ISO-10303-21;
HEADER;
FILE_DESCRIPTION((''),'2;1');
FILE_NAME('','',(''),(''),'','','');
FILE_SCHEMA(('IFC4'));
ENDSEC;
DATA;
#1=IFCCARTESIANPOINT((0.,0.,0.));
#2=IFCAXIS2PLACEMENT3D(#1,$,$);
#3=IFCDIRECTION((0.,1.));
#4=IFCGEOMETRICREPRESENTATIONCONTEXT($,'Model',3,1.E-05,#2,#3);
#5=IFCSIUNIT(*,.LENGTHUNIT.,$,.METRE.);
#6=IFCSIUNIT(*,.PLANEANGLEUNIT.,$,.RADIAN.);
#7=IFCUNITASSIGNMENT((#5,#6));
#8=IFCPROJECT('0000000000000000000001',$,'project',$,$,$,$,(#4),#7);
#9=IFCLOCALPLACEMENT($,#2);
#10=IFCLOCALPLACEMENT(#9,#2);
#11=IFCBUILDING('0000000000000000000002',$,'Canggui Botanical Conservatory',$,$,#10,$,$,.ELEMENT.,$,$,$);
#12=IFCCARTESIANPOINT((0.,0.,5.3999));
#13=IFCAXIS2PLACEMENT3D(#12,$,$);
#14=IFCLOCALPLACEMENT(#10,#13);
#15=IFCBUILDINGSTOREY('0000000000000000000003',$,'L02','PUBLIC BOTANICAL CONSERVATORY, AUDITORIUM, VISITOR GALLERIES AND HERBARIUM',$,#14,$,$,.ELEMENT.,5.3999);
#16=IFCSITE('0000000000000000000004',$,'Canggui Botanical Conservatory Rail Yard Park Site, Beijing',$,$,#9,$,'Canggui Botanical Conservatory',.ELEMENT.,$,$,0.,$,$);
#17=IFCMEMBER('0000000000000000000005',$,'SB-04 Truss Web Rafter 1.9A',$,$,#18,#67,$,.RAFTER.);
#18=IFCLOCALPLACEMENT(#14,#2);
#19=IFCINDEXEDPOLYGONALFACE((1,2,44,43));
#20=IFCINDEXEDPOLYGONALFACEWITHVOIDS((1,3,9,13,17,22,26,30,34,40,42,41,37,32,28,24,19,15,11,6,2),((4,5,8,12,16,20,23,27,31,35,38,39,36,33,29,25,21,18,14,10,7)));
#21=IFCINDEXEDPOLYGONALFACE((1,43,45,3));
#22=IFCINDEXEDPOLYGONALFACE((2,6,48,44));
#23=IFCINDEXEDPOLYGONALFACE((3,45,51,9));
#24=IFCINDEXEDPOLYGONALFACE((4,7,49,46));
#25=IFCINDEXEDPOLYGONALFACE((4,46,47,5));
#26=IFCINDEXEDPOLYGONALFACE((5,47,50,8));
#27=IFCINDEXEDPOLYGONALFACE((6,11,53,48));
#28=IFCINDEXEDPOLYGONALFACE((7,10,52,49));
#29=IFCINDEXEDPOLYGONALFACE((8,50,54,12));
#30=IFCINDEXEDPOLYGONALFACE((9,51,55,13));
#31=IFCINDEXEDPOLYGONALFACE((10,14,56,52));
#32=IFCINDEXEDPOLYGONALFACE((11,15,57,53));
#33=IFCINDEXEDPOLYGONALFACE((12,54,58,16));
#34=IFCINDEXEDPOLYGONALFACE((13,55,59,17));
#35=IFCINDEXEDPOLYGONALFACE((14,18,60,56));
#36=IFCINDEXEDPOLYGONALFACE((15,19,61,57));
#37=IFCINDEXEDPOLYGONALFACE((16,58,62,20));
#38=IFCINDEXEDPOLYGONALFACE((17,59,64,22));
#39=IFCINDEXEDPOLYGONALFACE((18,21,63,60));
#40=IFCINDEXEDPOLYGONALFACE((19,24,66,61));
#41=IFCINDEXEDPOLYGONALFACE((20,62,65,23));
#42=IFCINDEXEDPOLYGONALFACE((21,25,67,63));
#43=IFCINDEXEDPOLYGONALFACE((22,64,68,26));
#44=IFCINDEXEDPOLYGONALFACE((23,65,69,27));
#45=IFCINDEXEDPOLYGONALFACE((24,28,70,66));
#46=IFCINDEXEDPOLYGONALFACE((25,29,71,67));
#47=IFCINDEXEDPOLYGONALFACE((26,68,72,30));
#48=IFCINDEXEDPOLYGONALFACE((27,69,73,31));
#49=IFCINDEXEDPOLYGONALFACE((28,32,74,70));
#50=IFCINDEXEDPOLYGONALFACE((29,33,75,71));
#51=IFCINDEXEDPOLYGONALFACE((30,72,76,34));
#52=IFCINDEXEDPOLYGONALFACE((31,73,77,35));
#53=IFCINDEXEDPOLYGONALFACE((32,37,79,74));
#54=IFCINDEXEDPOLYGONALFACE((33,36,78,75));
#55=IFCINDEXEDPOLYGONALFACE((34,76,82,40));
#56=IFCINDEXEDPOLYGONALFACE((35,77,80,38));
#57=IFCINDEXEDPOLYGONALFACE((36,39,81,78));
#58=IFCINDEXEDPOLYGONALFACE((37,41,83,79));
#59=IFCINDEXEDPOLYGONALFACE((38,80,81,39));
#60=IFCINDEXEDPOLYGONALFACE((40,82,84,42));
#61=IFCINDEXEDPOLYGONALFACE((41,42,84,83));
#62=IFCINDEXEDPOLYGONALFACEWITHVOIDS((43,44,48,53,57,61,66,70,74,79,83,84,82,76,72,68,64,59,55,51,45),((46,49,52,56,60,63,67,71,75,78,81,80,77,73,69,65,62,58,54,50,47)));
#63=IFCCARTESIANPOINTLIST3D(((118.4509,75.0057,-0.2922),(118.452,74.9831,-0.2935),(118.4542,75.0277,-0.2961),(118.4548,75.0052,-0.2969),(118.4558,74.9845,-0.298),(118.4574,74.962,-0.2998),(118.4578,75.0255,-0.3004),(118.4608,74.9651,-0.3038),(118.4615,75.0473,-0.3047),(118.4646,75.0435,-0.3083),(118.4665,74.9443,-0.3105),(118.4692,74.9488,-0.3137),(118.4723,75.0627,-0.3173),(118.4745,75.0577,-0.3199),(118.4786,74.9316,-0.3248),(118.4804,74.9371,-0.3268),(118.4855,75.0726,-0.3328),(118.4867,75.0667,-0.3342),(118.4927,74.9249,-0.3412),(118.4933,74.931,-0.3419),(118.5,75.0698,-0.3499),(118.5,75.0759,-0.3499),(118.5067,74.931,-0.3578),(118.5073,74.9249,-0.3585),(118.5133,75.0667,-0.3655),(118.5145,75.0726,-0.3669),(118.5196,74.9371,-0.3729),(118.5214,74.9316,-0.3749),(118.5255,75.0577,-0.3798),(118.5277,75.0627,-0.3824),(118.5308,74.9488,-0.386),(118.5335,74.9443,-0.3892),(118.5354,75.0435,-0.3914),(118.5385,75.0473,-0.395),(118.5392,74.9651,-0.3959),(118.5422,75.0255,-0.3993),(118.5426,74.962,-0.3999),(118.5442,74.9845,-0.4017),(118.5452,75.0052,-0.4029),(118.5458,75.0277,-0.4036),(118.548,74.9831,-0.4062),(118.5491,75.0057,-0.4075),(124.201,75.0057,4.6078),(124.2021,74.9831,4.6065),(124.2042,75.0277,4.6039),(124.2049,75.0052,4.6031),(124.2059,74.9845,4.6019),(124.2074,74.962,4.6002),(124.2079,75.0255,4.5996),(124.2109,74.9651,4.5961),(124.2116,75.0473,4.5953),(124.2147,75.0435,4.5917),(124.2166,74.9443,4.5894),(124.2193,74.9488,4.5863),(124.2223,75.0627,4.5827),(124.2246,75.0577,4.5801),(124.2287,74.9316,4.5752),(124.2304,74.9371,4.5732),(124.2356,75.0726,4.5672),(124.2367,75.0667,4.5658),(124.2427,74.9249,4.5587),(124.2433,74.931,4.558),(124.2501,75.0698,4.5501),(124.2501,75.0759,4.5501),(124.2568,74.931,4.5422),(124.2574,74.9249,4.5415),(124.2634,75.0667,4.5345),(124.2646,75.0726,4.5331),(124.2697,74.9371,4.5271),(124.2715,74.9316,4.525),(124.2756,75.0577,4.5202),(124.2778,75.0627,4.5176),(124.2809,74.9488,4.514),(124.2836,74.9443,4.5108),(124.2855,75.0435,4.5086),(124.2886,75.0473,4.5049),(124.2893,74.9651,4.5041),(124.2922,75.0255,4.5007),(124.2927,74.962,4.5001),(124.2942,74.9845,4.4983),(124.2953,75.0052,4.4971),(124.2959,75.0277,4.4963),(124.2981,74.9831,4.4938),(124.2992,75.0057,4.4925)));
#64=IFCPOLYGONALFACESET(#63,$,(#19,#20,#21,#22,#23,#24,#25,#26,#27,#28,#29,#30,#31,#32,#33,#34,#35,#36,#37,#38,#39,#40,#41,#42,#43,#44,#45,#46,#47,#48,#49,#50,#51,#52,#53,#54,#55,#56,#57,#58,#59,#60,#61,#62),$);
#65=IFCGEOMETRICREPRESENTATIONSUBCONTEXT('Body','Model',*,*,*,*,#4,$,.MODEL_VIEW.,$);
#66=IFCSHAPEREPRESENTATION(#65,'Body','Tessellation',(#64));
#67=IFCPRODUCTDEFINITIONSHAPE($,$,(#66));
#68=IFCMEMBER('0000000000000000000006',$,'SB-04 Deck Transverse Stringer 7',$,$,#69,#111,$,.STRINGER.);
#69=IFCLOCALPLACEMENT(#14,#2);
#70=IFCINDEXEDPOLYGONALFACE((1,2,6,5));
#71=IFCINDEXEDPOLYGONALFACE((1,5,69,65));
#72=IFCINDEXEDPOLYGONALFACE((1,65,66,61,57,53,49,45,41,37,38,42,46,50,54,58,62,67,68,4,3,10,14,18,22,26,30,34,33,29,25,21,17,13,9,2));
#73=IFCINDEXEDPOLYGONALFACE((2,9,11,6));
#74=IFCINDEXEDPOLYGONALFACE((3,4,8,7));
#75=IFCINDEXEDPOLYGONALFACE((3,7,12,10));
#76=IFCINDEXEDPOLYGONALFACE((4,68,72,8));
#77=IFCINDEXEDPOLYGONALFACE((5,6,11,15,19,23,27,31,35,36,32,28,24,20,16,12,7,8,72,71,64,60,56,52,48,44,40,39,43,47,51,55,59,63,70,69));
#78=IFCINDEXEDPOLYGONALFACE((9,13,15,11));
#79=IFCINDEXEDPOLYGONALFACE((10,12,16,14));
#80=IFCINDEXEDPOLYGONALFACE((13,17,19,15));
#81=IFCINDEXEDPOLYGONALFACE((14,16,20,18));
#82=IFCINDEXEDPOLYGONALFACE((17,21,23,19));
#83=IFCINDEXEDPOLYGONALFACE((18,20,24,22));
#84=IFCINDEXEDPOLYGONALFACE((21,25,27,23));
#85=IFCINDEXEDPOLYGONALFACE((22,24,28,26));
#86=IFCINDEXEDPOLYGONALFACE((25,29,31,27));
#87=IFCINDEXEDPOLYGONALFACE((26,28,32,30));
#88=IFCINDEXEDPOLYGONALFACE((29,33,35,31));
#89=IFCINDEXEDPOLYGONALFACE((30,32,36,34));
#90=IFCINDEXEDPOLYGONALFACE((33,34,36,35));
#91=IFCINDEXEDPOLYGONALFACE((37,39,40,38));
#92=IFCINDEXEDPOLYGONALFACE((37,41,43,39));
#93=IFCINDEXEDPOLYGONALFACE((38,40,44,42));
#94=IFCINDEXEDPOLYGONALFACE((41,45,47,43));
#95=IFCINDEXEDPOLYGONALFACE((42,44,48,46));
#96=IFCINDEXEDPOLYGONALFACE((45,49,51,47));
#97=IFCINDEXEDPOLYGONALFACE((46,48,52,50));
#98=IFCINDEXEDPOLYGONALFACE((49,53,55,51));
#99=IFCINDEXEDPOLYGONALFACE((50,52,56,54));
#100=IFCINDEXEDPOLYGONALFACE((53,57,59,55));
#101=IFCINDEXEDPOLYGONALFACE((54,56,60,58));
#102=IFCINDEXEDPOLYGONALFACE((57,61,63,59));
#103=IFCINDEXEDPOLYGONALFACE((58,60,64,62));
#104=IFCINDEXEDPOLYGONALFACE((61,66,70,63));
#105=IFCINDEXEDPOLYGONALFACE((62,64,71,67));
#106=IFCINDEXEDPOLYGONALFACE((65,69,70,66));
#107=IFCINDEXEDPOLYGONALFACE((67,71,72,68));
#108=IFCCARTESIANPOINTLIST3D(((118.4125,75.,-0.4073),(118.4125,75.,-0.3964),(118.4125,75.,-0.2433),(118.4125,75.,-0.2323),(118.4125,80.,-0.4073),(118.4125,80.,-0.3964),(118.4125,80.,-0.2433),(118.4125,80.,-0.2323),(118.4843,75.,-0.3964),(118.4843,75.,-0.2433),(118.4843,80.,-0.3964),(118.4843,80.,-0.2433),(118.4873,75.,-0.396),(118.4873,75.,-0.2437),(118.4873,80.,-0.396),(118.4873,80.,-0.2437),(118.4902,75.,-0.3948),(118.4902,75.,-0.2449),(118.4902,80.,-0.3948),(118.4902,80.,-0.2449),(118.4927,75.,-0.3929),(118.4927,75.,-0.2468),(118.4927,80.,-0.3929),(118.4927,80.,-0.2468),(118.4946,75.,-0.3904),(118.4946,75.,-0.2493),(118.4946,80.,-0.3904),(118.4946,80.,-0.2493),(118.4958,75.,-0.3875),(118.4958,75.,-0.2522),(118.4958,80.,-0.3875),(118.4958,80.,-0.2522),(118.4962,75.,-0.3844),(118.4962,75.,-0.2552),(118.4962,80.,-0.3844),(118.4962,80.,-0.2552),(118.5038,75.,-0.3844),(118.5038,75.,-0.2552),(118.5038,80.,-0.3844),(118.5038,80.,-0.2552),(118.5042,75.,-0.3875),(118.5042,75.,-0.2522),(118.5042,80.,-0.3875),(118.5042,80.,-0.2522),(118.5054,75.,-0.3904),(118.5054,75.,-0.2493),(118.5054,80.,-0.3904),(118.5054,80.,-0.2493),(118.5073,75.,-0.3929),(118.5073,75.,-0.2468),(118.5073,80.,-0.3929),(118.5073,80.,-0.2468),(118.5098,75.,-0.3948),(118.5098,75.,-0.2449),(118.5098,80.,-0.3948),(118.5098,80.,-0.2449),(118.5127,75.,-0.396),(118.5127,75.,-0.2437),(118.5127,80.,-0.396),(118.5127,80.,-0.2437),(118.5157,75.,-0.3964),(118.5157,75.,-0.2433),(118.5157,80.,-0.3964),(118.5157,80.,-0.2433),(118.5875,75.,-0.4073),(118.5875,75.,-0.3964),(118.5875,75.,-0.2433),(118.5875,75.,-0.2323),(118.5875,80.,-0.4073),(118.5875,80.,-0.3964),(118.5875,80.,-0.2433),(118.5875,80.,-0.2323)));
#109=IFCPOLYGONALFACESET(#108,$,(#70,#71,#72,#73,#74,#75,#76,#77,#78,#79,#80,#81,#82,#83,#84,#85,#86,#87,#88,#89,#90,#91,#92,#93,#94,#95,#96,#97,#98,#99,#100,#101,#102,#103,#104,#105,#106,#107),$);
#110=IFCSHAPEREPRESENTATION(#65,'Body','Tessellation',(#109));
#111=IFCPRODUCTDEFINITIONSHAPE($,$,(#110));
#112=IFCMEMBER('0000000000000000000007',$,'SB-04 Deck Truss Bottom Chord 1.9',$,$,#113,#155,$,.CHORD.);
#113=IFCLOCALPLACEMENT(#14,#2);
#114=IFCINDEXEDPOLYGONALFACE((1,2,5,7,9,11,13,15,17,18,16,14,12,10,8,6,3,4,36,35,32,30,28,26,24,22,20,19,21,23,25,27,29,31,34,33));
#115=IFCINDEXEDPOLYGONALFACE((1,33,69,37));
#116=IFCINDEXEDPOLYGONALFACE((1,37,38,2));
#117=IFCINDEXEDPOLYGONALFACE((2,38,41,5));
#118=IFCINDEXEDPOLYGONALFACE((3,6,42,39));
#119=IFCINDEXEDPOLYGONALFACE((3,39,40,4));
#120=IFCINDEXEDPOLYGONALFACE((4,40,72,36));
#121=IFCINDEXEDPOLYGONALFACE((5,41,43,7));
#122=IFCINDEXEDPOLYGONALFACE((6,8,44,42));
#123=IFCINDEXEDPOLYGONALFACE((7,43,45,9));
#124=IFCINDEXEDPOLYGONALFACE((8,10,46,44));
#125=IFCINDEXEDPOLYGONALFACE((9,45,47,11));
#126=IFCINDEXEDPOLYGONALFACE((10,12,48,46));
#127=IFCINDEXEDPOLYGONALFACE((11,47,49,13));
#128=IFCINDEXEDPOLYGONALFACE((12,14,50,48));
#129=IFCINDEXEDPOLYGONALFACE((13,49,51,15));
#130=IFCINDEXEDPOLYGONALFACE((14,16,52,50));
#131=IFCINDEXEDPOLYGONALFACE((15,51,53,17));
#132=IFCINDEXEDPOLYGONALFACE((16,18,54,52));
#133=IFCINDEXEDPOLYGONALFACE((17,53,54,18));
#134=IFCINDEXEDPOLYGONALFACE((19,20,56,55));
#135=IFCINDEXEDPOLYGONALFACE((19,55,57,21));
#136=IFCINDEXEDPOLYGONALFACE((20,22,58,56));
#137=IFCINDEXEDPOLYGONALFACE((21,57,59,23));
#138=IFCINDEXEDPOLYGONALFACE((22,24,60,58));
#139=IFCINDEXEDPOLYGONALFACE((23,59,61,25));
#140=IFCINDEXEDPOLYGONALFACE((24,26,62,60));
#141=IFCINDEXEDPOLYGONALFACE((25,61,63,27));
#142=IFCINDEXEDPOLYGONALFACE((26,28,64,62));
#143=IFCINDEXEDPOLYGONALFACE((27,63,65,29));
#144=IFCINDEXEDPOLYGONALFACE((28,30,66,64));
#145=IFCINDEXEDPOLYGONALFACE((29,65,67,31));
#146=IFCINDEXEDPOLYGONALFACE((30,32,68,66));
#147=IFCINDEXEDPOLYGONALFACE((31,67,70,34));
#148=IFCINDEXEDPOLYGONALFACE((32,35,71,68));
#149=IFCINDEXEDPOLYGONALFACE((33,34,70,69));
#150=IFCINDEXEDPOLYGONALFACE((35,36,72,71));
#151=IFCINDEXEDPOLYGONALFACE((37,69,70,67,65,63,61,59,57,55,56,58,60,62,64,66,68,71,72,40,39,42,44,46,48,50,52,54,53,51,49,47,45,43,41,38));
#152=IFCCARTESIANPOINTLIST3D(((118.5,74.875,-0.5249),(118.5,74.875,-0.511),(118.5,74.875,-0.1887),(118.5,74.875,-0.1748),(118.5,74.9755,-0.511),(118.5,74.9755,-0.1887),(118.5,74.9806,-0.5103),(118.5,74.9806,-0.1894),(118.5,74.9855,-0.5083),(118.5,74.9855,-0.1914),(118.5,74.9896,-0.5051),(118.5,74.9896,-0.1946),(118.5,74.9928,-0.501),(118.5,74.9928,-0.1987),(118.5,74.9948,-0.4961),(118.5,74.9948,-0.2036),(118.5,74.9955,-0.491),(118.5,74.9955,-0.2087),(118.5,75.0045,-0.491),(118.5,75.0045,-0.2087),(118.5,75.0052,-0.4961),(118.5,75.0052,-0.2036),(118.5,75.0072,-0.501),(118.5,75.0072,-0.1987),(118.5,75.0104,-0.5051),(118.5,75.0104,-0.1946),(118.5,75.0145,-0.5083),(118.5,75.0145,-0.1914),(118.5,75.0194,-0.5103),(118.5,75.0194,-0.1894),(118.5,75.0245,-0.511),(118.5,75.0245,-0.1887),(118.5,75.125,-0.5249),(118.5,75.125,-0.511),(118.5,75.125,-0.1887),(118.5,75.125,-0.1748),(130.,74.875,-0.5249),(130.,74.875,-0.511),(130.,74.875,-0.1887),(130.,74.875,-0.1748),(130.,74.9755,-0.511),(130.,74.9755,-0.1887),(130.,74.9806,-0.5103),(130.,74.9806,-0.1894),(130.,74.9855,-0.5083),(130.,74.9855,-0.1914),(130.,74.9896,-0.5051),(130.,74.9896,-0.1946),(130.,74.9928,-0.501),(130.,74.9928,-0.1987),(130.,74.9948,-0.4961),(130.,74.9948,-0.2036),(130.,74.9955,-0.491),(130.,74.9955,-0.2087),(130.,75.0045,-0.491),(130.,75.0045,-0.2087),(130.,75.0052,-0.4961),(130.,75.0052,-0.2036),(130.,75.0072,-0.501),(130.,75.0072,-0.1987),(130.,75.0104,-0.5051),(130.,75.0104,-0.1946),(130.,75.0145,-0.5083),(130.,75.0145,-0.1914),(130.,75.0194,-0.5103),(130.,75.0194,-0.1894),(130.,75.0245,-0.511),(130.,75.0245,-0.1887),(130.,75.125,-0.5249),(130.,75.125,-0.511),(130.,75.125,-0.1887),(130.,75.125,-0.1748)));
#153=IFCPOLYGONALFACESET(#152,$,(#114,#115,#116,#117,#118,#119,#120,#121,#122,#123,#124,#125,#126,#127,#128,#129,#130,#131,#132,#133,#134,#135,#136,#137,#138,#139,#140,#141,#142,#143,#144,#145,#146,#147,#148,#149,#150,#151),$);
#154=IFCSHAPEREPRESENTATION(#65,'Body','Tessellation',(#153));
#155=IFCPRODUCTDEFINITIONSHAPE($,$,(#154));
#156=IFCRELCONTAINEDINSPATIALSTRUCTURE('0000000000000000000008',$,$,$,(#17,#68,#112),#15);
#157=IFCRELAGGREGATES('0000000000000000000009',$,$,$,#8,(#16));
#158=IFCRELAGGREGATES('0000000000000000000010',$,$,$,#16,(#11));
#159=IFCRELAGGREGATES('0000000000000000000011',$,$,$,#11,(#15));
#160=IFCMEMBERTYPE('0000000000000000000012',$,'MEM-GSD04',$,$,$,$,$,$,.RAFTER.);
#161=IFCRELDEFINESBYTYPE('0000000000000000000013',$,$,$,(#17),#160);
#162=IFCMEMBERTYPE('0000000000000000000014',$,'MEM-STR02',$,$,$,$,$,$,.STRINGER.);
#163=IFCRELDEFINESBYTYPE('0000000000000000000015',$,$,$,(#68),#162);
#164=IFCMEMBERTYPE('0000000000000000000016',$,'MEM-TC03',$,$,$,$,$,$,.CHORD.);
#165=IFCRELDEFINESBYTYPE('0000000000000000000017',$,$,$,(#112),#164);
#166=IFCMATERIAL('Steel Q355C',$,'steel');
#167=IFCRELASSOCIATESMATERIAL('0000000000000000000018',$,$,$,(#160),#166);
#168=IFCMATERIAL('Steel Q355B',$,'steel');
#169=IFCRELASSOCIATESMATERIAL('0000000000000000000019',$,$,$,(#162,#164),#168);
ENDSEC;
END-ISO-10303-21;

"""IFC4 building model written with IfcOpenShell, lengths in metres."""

from ifc_helpers import new_model, si_unit, direction, frame, origin, origin_2d, place, context, subcontext, project, spatial, hollow_circle, i_section, extrude, material, material_profile, profile_set, type_object, element, save


model = new_model("IFC4")

# Units and contexts
model_context = context("Model", 3, precision=1e-05, world=origin(), true_north=direction((0.0, 1.0)))
body_context = subcontext(model_context, "Body", "Model", "MODEL_VIEW")
ifc_project = project(units=[si_unit("LENGTHUNIT", "METRE"), si_unit("PLANEANGLEUNIT", "RADIAN")], contexts=[model_context])

# Site, building, storey
site_placement = place(None, origin())
site = spatial("IfcSite", under=ifc_project, at=site_placement, Name="Canggui Botanical Conservatory Rail Yard Park Site, Beijing", LongName="Canggui Botanical Conservatory", CompositionType="ELEMENT", RefElevation=0.0)
building_placement = place(site_placement, origin())
building = spatial("IfcBuilding", under=site, at=building_placement, Name="Canggui Botanical Conservatory", CompositionType="ELEMENT")
storey_placement = place(building_placement, frame((0.0, 0.0, 5.3999)))
storey = spatial("IfcBuildingStorey", under=building, at=storey_placement, Name="L02", Description="PUBLIC BOTANICAL CONSERVATORY, AUDITORIUM, VISITOR GALLERIES AND HERBARIUM", CompositionType="ELEMENT", Elevation=5.3999)

# Shared definitions
ifc_material_1 = material(Name="Steel Q355B", Category="steel")

# Members
ifc_material_2 = material(Name="Steel Q355C", Category="steel")
ifc_material_profile_1 = material_profile(ifc_material_2, hollow_circle(Radius=0.0759, WallThickness=0.0061, at=origin_2d()), Name="CHS 152x6")
ifc_profile_set_1 = profile_set([ifc_material_profile_1], Name="Steel Q355C")
member_type_1 = type_object("IfcMemberType", Name="MEM-GSD04", PredefinedType="RAFTER", material=ifc_profile_set_1)
member_1_placement = place(storey_placement, frame((118.5, 75.0, -0.3499), z_axis=(0.761129, 0.0, 0.648601), x_axis=(0.0, 1.0, 0.0)))
element("IfcMember", 1, at=member_1_placement, inside=storey, type_object=member_type_1, Name="SB-04 Truss Web Rafter 1.9A", PredefinedType="RAFTER", context=body_context, shape_type="SweptSolid", body=[
    extrude(hollow_circle(Radius=0.0759, WallThickness=0.0061, at=origin_2d()), origin(), (0.0, 0.0, 1.0), 7.5547),
])
ifc_material_profile_2 = material_profile(ifc_material_1, i_section(OverallWidth=0.175, OverallDepth=0.175, WebThickness=0.0076, FlangeThickness=0.011, FilletRadius=0.012, at=origin_2d()), Name="HW 175x175x7.5x11")
ifc_profile_set_2 = profile_set([ifc_material_profile_2], Name="Steel Q355B")
member_type_2 = type_object("IfcMemberType", Name="MEM-STR02", PredefinedType="STRINGER", material=ifc_profile_set_2)
member_2_placement = place(storey_placement, frame((118.5, 75.0, -0.3198), z_axis=(0.0, 1.0, 0.0), x_axis=(-1.0, 0.0, 0.0)))
element("IfcMember", 2, at=member_2_placement, inside=storey, type_object=member_type_2, Name="SB-04 Deck Transverse Stringer 7", PredefinedType="STRINGER", context=body_context, shape_type="SweptSolid", body=[
    extrude(i_section(OverallWidth=0.175, OverallDepth=0.175, WebThickness=0.0076, FlangeThickness=0.011, FilletRadius=0.012, at=origin_2d()), origin(), (0.0, 0.0, 1.0), 5.0),
])
ifc_material_profile_3 = material_profile(ifc_material_1, i_section(OverallWidth=0.25, OverallDepth=0.3501, WebThickness=0.009, FlangeThickness=0.0139, FilletRadius=0.02, at=origin_2d()), Name="HM 350x250x9x14")
ifc_profile_set_3 = profile_set([ifc_material_profile_3], Name="Steel Q355B")
member_type_3 = type_object("IfcMemberType", Name="MEM-TC03", PredefinedType="CHORD", material=ifc_profile_set_3)
member_3_placement = place(storey_placement, frame((118.5, 75.0, -0.3499), z_axis=(1.0, 0.0, 0.0), x_axis=(0.0, 1.0, 0.0)))
element("IfcMember", 3, at=member_3_placement, inside=storey, type_object=member_type_3, Name="SB-04 Deck Truss Bottom Chord 1.9", PredefinedType="CHORD", context=body_context, shape_type="SweptSolid", body=[
    extrude(i_section(OverallWidth=0.25, OverallDepth=0.3501, WebThickness=0.009, FlangeThickness=0.0139, FilletRadius=0.02, at=origin_2d()), origin(), (0.0, 0.0, 1.0), 11.5),
])

save(model, "model.ifc")
